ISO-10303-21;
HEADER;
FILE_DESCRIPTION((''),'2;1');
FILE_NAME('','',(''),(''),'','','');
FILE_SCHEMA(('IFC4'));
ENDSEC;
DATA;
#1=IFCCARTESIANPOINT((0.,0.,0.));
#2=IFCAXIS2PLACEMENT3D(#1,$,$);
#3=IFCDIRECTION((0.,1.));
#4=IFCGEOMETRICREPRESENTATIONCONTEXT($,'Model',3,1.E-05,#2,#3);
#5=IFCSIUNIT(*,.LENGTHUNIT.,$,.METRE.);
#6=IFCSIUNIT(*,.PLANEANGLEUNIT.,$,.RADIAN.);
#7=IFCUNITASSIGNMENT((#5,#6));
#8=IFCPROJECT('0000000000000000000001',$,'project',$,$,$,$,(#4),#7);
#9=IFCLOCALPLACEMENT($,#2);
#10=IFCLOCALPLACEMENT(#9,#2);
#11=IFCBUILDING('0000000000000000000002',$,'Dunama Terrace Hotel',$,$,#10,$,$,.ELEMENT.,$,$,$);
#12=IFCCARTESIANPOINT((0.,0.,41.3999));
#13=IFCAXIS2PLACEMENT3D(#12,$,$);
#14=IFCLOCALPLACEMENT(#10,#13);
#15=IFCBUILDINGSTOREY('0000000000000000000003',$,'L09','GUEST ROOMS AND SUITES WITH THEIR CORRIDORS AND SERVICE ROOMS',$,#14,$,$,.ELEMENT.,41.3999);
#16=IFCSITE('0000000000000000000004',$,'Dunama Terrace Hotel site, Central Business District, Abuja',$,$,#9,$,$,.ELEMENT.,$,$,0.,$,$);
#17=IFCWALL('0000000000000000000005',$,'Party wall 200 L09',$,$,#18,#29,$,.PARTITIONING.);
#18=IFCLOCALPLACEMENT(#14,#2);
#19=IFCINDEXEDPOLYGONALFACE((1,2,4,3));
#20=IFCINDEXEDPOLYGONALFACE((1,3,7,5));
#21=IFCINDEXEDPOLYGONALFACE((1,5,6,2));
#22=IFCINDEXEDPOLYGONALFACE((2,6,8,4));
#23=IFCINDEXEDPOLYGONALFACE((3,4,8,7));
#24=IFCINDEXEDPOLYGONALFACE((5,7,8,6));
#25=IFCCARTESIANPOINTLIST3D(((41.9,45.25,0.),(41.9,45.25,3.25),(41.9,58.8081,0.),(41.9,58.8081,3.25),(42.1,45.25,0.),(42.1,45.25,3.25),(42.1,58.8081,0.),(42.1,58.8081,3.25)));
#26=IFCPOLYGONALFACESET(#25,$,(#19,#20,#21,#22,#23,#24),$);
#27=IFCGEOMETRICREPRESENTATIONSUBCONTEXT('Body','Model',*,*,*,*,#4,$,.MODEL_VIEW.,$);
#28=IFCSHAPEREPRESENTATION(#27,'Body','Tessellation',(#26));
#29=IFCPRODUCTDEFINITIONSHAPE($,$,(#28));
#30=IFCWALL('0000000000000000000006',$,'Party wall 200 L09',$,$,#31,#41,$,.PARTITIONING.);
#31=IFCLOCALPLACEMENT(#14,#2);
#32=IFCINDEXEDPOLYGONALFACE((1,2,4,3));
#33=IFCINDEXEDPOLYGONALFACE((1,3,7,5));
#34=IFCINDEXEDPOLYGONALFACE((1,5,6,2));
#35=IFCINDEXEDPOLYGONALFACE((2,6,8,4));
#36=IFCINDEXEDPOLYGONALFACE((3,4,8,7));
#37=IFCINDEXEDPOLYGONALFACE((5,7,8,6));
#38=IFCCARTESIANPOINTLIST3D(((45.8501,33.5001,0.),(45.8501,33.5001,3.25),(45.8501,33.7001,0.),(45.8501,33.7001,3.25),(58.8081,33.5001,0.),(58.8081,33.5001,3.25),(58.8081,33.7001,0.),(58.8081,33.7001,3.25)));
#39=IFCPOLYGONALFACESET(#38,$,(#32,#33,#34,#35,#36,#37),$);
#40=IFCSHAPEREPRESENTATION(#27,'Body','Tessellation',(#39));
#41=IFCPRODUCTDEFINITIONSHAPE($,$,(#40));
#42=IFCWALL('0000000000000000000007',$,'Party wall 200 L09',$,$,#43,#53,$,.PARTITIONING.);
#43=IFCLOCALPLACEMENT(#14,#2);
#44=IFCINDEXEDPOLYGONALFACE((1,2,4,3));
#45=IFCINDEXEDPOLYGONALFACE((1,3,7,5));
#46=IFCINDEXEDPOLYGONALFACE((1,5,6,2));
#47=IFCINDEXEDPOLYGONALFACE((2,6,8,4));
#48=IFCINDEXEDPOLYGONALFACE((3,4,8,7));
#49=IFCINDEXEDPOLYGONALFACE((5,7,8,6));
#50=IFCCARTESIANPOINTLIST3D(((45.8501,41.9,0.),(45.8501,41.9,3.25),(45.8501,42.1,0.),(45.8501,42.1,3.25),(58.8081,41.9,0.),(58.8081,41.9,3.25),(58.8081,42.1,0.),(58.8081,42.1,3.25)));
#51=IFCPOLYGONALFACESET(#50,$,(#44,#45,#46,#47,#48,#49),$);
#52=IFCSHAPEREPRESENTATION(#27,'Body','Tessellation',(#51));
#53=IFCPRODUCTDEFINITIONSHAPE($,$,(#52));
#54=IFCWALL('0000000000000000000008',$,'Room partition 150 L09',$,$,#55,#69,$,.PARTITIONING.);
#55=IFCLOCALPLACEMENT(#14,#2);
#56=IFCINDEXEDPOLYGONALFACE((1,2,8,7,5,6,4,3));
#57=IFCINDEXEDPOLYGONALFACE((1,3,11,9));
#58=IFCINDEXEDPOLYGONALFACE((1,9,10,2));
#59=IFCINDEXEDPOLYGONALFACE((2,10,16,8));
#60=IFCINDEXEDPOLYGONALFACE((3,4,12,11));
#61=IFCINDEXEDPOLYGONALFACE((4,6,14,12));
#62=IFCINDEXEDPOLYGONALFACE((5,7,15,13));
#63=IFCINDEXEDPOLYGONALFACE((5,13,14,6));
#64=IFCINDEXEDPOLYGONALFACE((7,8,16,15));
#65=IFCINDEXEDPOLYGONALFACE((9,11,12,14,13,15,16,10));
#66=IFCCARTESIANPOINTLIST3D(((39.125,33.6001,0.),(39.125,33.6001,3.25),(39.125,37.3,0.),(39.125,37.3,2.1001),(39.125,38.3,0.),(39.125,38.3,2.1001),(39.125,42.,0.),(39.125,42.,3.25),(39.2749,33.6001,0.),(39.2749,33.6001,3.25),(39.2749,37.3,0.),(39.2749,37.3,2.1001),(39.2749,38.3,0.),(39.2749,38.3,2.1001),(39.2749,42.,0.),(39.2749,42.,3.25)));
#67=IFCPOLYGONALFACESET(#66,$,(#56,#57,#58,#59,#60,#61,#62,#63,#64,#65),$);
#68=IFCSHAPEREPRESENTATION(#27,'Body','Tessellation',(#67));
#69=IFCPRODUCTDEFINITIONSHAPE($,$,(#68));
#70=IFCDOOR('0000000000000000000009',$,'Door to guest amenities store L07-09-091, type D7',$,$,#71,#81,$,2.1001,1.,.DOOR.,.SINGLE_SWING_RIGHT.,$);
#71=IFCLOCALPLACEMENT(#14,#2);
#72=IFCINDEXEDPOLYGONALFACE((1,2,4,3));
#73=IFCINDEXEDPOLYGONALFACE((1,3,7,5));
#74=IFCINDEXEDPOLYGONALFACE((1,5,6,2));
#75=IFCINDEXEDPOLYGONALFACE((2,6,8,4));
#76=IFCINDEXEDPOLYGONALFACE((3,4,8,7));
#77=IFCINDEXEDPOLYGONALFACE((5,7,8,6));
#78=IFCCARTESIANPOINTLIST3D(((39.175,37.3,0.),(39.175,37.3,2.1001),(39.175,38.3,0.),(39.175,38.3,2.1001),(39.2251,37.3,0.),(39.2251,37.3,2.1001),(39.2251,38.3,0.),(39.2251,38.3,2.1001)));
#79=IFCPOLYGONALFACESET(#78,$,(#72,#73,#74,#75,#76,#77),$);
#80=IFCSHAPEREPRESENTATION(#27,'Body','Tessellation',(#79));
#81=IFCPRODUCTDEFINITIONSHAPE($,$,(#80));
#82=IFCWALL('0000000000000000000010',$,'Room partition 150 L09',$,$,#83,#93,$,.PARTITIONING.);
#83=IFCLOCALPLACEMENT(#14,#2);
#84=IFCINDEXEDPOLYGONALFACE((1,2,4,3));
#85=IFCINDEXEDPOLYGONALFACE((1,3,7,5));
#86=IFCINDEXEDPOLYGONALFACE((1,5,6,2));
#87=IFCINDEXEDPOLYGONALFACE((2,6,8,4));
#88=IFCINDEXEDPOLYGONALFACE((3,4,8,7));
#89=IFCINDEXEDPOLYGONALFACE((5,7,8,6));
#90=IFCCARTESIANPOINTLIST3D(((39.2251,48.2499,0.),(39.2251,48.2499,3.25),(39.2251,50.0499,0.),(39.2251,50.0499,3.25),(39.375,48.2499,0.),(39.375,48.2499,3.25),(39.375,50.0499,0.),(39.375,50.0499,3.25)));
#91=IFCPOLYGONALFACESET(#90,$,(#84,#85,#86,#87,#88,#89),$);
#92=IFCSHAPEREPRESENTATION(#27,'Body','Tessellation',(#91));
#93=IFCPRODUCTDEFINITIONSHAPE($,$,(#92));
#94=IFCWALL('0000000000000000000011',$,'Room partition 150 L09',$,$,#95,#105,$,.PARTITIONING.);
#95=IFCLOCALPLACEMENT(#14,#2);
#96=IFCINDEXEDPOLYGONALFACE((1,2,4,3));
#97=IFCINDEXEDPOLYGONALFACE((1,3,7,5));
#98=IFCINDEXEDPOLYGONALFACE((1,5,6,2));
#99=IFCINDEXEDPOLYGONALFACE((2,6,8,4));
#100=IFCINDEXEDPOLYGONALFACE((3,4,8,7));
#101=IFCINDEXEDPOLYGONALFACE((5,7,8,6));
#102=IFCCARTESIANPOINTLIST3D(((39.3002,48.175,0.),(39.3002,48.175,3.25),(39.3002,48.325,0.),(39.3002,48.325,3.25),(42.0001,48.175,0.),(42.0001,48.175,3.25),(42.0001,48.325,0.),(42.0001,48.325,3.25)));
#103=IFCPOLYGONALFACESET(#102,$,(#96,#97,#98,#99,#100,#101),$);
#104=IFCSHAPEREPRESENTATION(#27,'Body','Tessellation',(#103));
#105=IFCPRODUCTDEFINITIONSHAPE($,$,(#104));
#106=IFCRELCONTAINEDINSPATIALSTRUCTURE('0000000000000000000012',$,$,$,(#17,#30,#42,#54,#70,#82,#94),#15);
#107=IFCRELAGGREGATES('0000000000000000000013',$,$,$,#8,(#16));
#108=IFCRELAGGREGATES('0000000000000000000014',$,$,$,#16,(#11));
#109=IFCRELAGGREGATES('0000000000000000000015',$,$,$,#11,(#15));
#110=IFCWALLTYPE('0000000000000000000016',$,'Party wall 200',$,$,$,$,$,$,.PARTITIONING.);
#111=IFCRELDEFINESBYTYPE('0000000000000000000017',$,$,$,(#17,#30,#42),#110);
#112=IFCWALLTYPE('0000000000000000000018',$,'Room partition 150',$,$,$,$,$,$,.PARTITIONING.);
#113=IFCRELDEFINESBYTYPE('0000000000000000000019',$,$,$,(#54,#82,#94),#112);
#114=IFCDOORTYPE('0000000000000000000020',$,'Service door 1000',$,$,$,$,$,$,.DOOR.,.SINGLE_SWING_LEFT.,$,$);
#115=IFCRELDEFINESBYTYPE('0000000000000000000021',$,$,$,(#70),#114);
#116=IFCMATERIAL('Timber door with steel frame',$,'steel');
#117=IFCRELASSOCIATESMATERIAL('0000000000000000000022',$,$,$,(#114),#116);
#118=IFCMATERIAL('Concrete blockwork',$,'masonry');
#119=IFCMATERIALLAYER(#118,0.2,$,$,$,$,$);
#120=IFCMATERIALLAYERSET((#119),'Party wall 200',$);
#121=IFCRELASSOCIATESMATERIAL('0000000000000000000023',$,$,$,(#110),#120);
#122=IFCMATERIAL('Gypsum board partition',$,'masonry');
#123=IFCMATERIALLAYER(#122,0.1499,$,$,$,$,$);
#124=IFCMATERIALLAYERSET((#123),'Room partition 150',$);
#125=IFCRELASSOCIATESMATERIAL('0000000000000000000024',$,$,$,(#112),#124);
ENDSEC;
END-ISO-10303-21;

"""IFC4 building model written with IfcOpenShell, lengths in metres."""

from ifc_helpers import new_model, si_unit, direction, frame, frame_2d, origin, place, context, subcontext, project, spatial, rectangle, extrude, material, layer, layer_set, type_object, element, fill, save


model = new_model("IFC4")

# Units and contexts
model_context = context("Model", 3, precision=1e-05, world=origin(), true_north=direction((0.0, 1.0)))
body_context = subcontext(model_context, "Body", "Model", "MODEL_VIEW")
ifc_project = project(units=[si_unit("LENGTHUNIT", "METRE"), si_unit("PLANEANGLEUNIT", "RADIAN")], contexts=[model_context])

# Site, building, storey
site_placement = place(None, origin())
site = spatial("IfcSite", under=ifc_project, at=site_placement, Name="Dunama Terrace Hotel site, Central Business District, Abuja", CompositionType="ELEMENT", RefElevation=0.0)
building_placement = place(site_placement, origin())
building = spatial("IfcBuilding", under=site, at=building_placement, Name="Dunama Terrace Hotel", CompositionType="ELEMENT")
storey_placement = place(building_placement, frame((0.0, 0.0, 41.3999)))
storey = spatial("IfcBuildingStorey", under=building, at=storey_placement, Name="L09", Description="GUEST ROOMS AND SUITES WITH THEIR CORRIDORS AND SERVICE ROOMS", CompositionType="ELEMENT", Elevation=41.3999)

# Shared definitions
ifc_material_1 = material(Name="Timber door with steel frame", Category="steel")
door_type_1 = type_object("IfcDoorType", Name="Service door 1000", OperationType="SINGLE_SWING_LEFT", PredefinedType="DOOR", material=ifc_material_1)

# Walls
ifc_material_2 = material(Name="Concrete blockwork", Category="masonry")
ifc_layer_1 = layer(ifc_material_2, 0.2)
ifc_layer_set_1 = layer_set([ifc_layer_1], Name="Party wall 200")
wall_type_1 = type_object("IfcWallType", Name="Party wall 200", PredefinedType="PARTITIONING", material=ifc_layer_set_1)
wall_1_placement = place(storey_placement, frame((42.0, 45.25, 0.0), z_axis=(0.0, 0.0, 1.0), x_axis=(0.0, 1.0, 0.0)))
element("IfcWall", 1, at=wall_1_placement, inside=storey, type_object=wall_type_1, Name="Party wall 200 L09", PredefinedType="PARTITIONING", context=body_context, shape_type="SweptSolid", body=[
    extrude(rectangle(XDim=13.5581, YDim=0.2, at=frame_2d((6.7791, 0.0))), origin(), (0.0, 0.0, 1.0), 3.25),
])
for number, where, z_axis, x_axis, name in (
    (2, (45.8501, 33.6001, 0.0), (0.0, 0.0, 1.0), (1.0, 0.0, 0.0), "Party wall 200 L09"),
    (3, (45.8501, 42.0, 0.0), (0.0, 0.0, 1.0), (1.0, 0.0, 0.0), "Party wall 200 L09"),
):
    element("IfcWall", number, at=place(storey_placement, frame(where, z_axis=z_axis, x_axis=x_axis)), inside=storey, type_object=wall_type_1, Name=name, PredefinedType="PARTITIONING", context=body_context, shape_type="SweptSolid", body=[
        extrude(rectangle(XDim=12.958, YDim=0.2, at=frame_2d((6.479, 0.0))), origin(), (0.0, 0.0, 1.0), 3.25),
    ])

# Wall, opening, door
ifc_material_3 = material(Name="Gypsum board partition", Category="masonry")
ifc_layer_2 = layer(ifc_material_3, 0.1499)
ifc_layer_set_2 = layer_set([ifc_layer_2], Name="Room partition 150")
wall_type_2 = type_object("IfcWallType", Name="Room partition 150", PredefinedType="PARTITIONING", material=ifc_layer_set_2)
wall_2_placement = place(storey_placement, frame((39.2, 33.6001, 0.0), z_axis=(0.0, 0.0, 1.0), x_axis=(0.0, 1.0, 0.0)))
wall_2 = element("IfcWall", 4, at=wall_2_placement, inside=storey, type_object=wall_type_2, Name="Room partition 150 L09", PredefinedType="PARTITIONING", context=body_context, shape_type="SweptSolid", body=[
    extrude(rectangle(XDim=8.3999, YDim=0.1499, at=frame_2d((4.2, 0.0))), origin(), (0.0, 0.0, 1.0), 3.25),
])
opening_1_placement = place(wall_2_placement, frame((3.7, 0.0, 0.0)))
opening_1 = element("IfcOpeningElement", 5, at=opening_1_placement, cuts=wall_2, PredefinedType="OPENING", context=body_context, shape_type="SweptSolid", body=[
    extrude(rectangle(XDim=1.0, YDim=2.1001, at=frame_2d((0.5, 1.05))), frame((0.0, 0.085, 0.0), z_axis=(0.0, -1.0, 0.0), x_axis=(1.0, 0.0, 0.0)), (0.0, 0.0, 1.0), 0.1699),
])
door_1_placement = place(opening_1_placement, frame((1.0, 0.0, 0.0), z_axis=(0.0, 0.0, 1.0), x_axis=(-1.0, 0.0, 0.0)))
door_1 = element("IfcDoor", 6, at=door_1_placement, inside=storey, type_object=door_type_1, Name="Door to guest amenities store L07-09-091, type D7", OperationType="SINGLE_SWING_RIGHT", OverallHeight=2.1001, OverallWidth=1.0, PredefinedType="DOOR", context=body_context, shape_type="SweptSolid", body=[
    extrude(rectangle(XDim=1.0, YDim=2.1001, at=frame_2d((0.5, 1.05))), frame((0.0, 0.0251, 0.0), z_axis=(0.0, -1.0, 0.0), x_axis=(1.0, 0.0, 0.0)), (0.0, 0.0, 1.0), 0.05),
])
fill(opening_1, door_1)

# Walls
wall_3_placement = place(storey_placement, frame((39.3, 48.25, 0.0), z_axis=(0.0, 0.0, 1.0), x_axis=(0.0, 1.0, 0.0)))
element("IfcWall", 7, at=wall_3_placement, inside=storey, type_object=wall_type_2, Name="Room partition 150 L09", PredefinedType="PARTITIONING", context=body_context, shape_type="SweptSolid", body=[
    extrude(rectangle(XDim=1.8, YDim=0.1499, at=frame_2d((0.8999, 0.0))), origin(), (0.0, 0.0, 1.0), 3.25),
])
wall_4_placement = place(storey_placement, frame((39.3, 48.25, 0.0), z_axis=(0.0, 0.0, 1.0), x_axis=(1.0, 0.0, 0.0)))
element("IfcWall", 8, at=wall_4_placement, inside=storey, type_object=wall_type_2, Name="Room partition 150 L09", PredefinedType="PARTITIONING", context=body_context, shape_type="SweptSolid", body=[
    extrude(rectangle(XDim=2.7, YDim=0.1499, at=frame_2d((1.3501, 0.0))), origin(), (0.0, 0.0, 1.0), 3.25),
])

save(model, "model.ifc")
